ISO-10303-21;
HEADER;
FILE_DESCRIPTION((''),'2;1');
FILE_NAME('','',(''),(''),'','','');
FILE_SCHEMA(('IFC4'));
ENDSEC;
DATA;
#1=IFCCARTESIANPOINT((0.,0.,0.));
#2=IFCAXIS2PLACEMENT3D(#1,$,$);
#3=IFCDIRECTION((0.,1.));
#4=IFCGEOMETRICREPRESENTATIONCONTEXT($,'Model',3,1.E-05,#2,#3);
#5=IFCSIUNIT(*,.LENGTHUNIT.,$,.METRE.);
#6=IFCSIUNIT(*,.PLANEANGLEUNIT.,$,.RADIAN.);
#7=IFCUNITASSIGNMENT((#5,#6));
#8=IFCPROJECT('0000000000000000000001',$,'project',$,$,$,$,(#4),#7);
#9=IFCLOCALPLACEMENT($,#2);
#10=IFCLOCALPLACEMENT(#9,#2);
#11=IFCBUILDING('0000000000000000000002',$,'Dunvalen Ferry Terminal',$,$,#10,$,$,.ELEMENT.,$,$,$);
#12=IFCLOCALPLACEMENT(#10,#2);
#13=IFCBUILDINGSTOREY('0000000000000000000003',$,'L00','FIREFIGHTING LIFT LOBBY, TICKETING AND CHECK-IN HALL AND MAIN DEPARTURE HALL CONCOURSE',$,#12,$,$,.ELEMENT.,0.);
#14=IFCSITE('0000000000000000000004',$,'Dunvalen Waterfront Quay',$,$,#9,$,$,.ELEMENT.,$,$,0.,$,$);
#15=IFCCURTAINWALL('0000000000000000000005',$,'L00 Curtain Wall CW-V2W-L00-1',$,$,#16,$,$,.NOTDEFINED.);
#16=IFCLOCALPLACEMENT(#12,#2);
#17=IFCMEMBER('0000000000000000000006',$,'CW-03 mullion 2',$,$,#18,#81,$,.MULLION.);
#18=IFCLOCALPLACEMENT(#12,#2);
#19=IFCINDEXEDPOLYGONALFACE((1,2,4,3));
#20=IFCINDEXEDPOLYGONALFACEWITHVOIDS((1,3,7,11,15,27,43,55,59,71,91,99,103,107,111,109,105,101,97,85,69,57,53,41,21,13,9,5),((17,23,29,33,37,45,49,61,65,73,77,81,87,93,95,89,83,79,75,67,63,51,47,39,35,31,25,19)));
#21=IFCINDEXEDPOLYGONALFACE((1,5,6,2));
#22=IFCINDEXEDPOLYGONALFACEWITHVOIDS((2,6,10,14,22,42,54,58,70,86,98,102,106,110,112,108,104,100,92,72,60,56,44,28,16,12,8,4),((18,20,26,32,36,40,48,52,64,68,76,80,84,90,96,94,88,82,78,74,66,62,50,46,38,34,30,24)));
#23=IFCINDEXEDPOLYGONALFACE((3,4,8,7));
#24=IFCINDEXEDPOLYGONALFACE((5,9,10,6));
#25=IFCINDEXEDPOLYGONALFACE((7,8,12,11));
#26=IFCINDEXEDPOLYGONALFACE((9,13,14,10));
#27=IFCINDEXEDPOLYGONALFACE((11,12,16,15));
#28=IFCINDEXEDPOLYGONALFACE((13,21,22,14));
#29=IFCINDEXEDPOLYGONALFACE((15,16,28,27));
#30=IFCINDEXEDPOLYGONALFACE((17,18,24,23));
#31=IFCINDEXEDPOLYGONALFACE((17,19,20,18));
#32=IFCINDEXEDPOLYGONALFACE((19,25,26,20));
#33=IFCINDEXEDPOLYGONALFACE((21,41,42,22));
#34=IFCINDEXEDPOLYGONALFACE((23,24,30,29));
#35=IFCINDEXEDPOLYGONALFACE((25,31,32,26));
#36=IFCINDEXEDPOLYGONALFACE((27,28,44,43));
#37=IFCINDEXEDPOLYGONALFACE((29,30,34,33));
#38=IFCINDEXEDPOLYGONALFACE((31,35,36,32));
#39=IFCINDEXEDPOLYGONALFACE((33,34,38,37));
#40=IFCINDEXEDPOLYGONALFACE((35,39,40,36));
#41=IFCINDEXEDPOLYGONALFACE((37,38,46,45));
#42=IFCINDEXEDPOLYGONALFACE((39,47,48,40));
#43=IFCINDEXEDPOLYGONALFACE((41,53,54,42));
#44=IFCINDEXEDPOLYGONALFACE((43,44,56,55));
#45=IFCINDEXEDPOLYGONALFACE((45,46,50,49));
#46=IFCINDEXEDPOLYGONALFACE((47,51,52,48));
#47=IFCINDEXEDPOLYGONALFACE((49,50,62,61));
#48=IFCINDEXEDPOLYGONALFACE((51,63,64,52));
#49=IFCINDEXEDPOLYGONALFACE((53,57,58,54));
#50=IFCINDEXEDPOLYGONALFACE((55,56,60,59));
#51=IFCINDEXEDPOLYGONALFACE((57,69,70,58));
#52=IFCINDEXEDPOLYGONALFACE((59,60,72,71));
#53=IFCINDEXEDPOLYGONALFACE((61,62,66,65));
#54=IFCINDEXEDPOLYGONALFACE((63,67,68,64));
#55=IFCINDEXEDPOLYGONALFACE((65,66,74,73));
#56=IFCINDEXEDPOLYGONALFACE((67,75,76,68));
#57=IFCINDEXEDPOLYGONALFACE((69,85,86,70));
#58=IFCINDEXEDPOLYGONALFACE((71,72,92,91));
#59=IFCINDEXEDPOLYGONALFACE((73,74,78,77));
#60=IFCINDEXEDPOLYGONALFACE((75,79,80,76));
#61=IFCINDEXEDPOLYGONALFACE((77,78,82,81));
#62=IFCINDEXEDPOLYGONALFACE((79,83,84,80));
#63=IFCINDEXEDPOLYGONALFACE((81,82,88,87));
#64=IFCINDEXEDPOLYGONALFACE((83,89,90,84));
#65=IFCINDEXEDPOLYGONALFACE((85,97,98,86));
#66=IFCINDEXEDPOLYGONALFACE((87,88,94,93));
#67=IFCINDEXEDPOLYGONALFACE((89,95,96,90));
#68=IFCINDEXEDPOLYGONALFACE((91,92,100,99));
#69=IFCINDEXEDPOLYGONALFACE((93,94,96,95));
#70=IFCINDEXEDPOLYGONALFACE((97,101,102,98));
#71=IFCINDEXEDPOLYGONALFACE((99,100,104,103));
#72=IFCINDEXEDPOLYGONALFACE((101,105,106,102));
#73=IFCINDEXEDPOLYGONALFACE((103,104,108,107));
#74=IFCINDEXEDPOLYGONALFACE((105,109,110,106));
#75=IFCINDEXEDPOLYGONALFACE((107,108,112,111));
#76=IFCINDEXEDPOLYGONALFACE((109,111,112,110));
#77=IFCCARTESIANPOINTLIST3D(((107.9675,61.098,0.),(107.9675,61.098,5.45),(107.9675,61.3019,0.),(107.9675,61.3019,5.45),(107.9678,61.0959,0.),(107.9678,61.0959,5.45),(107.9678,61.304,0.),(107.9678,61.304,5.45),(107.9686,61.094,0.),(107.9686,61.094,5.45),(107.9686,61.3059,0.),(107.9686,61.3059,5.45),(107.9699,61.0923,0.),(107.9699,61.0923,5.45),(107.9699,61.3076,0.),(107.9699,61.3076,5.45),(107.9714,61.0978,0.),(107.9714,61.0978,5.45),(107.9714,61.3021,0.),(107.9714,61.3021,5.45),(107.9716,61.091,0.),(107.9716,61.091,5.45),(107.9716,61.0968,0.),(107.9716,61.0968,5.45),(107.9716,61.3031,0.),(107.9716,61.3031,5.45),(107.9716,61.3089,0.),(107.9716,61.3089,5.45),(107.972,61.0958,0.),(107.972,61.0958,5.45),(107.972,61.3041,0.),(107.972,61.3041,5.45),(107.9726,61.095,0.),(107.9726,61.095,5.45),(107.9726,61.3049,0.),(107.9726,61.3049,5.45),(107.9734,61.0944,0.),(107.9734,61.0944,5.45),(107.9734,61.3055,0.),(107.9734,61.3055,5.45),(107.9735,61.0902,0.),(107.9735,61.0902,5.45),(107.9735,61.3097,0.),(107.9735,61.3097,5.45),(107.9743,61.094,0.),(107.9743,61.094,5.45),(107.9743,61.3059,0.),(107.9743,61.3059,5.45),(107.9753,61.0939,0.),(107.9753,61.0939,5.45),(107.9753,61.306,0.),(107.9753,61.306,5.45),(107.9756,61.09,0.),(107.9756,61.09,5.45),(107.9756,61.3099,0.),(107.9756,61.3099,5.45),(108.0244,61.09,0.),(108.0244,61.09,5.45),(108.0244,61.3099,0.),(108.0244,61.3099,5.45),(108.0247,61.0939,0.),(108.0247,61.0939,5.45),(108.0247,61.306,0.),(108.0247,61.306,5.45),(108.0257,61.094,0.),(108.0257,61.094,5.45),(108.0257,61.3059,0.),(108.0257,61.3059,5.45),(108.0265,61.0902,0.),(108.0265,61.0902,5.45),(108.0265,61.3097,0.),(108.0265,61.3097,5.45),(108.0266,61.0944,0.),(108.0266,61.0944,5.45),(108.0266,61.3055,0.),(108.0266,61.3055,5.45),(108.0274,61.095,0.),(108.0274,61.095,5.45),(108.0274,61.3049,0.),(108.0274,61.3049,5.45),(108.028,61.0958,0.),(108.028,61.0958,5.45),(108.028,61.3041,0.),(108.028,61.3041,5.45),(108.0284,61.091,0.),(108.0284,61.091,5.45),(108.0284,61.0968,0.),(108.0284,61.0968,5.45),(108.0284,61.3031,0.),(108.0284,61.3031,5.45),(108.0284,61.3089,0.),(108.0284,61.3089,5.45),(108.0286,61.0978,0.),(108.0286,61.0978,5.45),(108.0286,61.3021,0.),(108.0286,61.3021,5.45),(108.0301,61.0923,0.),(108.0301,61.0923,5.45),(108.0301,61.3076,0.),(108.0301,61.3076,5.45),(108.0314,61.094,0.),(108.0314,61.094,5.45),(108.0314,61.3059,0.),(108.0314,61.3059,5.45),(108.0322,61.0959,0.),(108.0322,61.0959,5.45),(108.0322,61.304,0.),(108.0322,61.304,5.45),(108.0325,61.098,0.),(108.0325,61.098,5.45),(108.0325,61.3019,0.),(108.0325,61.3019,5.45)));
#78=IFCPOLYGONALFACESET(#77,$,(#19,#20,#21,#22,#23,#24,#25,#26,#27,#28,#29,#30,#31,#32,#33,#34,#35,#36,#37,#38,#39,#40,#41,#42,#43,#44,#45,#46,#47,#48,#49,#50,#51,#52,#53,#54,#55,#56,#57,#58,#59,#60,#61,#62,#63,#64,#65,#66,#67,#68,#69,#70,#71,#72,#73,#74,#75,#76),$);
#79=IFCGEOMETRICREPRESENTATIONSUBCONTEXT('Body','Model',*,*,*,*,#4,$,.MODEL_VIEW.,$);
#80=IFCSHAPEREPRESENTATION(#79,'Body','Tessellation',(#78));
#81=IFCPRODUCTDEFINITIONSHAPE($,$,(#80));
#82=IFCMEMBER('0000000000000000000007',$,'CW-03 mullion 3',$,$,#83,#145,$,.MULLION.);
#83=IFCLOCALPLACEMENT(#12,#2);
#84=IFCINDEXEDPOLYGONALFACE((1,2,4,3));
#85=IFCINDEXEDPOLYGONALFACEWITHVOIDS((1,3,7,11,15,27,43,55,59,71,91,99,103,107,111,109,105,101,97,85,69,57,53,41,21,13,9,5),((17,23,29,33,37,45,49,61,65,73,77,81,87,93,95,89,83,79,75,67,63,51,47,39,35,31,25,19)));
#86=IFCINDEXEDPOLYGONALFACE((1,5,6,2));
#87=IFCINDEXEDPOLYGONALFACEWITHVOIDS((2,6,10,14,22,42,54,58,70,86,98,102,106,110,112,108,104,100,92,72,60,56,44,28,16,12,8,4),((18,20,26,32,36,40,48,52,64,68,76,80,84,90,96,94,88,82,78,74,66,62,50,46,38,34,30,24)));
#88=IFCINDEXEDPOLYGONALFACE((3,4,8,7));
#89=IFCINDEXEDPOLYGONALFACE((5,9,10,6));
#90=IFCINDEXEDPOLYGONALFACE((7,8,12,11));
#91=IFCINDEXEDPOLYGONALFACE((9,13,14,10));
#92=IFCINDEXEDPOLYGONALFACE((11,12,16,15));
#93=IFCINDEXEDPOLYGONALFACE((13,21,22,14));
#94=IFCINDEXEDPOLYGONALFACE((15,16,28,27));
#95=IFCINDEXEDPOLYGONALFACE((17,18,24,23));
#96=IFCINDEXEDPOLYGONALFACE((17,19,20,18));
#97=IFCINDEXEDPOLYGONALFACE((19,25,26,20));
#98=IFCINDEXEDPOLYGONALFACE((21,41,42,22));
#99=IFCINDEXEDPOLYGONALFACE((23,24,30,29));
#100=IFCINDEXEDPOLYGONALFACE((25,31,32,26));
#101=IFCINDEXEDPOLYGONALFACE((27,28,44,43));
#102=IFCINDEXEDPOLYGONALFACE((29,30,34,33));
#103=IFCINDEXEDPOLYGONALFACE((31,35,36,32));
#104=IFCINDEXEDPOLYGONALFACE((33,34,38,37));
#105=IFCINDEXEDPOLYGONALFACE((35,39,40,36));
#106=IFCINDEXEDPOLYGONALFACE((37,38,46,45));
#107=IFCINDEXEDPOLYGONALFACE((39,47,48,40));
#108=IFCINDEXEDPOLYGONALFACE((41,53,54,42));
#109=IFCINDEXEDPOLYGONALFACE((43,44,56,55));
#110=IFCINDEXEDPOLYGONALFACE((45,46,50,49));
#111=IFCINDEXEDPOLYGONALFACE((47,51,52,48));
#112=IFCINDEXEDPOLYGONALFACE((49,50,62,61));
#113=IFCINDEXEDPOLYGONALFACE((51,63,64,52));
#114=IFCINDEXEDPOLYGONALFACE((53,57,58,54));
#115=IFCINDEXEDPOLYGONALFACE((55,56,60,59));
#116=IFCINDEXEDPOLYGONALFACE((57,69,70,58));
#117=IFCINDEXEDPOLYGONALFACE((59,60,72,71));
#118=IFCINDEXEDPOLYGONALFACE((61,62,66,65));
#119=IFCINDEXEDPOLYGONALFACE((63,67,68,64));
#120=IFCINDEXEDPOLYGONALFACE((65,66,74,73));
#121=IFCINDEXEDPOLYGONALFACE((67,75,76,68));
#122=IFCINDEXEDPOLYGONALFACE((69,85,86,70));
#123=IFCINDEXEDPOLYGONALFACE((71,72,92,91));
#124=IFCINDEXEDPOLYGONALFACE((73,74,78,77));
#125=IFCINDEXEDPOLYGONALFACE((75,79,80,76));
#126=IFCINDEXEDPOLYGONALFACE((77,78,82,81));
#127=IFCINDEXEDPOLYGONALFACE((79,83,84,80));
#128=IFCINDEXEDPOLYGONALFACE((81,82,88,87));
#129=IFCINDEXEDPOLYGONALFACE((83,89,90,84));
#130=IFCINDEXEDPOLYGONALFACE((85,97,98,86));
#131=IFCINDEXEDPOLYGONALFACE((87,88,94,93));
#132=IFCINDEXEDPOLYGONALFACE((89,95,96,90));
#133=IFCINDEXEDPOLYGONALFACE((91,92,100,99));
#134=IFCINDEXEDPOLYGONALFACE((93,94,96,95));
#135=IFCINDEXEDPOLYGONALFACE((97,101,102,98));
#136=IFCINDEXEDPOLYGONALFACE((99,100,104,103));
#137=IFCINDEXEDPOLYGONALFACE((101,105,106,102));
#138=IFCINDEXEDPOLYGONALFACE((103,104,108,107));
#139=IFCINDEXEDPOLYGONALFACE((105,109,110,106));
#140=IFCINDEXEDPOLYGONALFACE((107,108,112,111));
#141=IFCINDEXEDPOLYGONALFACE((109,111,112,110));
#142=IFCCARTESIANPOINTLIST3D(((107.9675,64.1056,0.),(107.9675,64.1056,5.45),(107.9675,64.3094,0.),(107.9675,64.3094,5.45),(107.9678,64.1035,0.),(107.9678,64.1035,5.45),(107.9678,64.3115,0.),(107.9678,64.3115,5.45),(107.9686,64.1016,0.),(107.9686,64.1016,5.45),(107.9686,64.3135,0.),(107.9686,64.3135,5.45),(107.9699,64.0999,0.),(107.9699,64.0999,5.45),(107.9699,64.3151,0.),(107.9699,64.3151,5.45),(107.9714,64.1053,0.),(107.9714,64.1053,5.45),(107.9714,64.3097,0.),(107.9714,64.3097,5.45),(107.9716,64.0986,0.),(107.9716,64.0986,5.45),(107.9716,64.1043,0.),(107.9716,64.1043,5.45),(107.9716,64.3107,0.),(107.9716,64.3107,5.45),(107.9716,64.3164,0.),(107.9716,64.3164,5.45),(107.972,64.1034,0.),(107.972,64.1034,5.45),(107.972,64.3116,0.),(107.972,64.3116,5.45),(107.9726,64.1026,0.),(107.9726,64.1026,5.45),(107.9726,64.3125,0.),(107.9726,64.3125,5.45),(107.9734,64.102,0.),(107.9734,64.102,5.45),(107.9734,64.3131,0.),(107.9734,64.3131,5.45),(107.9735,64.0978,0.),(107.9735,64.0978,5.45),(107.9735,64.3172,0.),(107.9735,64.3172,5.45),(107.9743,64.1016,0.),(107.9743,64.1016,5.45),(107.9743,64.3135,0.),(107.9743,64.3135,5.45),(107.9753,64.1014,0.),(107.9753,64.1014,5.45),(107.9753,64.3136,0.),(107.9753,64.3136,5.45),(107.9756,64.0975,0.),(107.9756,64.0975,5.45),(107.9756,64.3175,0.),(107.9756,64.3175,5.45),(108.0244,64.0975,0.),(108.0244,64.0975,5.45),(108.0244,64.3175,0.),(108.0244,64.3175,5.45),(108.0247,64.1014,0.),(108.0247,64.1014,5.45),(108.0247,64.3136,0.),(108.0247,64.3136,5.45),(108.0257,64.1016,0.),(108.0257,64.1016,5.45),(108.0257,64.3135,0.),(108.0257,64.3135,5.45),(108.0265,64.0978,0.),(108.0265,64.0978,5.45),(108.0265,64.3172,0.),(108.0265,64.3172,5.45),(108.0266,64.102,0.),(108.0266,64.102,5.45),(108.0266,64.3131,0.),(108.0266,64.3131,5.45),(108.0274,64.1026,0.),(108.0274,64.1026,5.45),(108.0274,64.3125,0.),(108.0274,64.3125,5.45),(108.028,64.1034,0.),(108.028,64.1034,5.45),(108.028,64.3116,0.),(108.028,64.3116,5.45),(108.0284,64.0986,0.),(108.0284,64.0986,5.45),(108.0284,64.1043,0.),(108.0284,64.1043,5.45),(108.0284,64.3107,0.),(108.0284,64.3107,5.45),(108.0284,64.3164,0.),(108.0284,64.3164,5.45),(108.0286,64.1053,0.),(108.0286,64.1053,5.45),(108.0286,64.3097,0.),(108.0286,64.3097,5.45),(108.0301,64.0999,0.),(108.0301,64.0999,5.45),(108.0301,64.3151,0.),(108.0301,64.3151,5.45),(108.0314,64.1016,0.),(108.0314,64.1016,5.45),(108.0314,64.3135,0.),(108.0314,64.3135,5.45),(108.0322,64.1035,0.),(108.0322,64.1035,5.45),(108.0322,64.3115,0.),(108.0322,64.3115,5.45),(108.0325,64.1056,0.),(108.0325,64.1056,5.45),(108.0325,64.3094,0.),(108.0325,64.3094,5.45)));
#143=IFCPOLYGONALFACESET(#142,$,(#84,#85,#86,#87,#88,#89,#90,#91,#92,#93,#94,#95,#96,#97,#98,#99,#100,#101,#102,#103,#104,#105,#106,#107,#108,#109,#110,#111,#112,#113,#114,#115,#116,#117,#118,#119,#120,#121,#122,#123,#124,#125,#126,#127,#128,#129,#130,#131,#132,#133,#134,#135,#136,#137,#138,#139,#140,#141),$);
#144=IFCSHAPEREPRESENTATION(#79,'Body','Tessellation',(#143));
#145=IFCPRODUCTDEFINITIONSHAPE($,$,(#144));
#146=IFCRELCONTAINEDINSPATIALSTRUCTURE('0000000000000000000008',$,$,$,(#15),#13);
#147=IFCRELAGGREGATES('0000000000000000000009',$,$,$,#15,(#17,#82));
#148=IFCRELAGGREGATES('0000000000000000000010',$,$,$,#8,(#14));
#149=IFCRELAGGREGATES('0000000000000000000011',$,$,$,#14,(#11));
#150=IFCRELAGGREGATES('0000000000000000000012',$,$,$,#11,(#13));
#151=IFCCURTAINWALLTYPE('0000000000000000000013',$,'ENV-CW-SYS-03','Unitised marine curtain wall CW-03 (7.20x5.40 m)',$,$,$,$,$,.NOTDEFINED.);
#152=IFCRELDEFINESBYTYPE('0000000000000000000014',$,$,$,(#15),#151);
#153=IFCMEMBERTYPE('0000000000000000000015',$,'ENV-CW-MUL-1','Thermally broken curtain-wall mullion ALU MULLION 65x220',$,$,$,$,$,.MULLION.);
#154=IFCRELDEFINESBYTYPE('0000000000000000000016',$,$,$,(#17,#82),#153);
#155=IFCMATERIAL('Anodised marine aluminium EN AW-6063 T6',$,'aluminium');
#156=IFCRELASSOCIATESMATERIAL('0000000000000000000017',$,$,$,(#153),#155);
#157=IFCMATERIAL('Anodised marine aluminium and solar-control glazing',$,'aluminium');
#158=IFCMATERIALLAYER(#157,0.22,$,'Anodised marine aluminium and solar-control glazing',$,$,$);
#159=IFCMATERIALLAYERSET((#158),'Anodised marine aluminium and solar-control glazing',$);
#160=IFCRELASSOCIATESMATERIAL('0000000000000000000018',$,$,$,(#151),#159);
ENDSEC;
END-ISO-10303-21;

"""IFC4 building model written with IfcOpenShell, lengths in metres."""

from ifc_helpers import new_model, si_unit, direction, frame, origin, origin_2d, place, context, subcontext, project, spatial, hollow_rectangle, extrude, material, layer, layer_set, material_profile, profile_set, type_object, element, aggregate, save


model = new_model("IFC4")

# Units and contexts
model_context = context("Model", 3, precision=1e-05, world=origin(), true_north=direction((0.0, 1.0)))
body_context = subcontext(model_context, "Body", "Model", "MODEL_VIEW")
ifc_project = project(units=[si_unit("LENGTHUNIT", "METRE"), si_unit("PLANEANGLEUNIT", "RADIAN")], contexts=[model_context])

# Site, building, storey
site_placement = place(None, origin())
site = spatial("IfcSite", under=ifc_project, at=site_placement, Name="Dunvalen Waterfront Quay", CompositionType="ELEMENT", RefElevation=0.0)
building_placement = place(site_placement, origin())
building = spatial("IfcBuilding", under=site, at=building_placement, Name="Dunvalen Ferry Terminal", CompositionType="ELEMENT")
storey_placement = place(building_placement, origin())
storey = spatial("IfcBuildingStorey", under=building, at=storey_placement, Name="L00", Description="FIREFIGHTING LIFT LOBBY, TICKETING AND CHECK-IN HALL AND MAIN DEPARTURE HALL CONCOURSE", CompositionType="ELEMENT", Elevation=0.0)

# Shared definitions
ifc_material_1 = material(Name="Anodised marine aluminium and solar-control glazing", Category="aluminium")
ifc_material_2 = material(Name="Anodised marine aluminium EN AW-6063 T6", Category="aluminium")
ifc_material_profile_1 = material_profile(ifc_material_2, hollow_rectangle(XDim=0.0649, YDim=0.22, WallThickness=0.0039, InnerFilletRadius=0.0039, OuterFilletRadius=0.0081, at=origin_2d()), Name="Anodised marine aluminium EN AW-6063 T6")
ifc_profile_set_1 = profile_set([ifc_material_profile_1], Name="Anodised marine aluminium EN AW-6063 T6")
member_type_1 = type_object("IfcMemberType", Name="ENV-CW-MUL-1", Description="Thermally broken curtain-wall mullion ALU MULLION 65x220", PredefinedType="MULLION", material=ifc_profile_set_1)

# Curtain wall, members
ifc_layer_1 = layer(ifc_material_1, 0.22, Name="Anodised marine aluminium and solar-control glazing")
ifc_layer_set_1 = layer_set([ifc_layer_1], Name="Anodised marine aluminium and solar-control glazing")
curtain_wall_type_1 = type_object("IfcCurtainWallType", Name="ENV-CW-SYS-03", Description="Unitised marine curtain wall CW-03 (7.20x5.40 m)", PredefinedType="NOTDEFINED", material=ifc_layer_set_1)
curtain_wall_1_placement = place(storey_placement, origin())
curtain_wall_1 = element("IfcCurtainWall", 1, at=curtain_wall_1_placement, inside=storey, type_object=curtain_wall_type_1, Name="L00 Curtain Wall CW-V2W-L00-1", PredefinedType="NOTDEFINED")
member_1_placement = place(storey_placement, frame((108.0, 61.2, 0.0), z_axis=(0.0, 0.0, 1.0), x_axis=(-1.0, 0.0, 0.0)))
member_1 = element("IfcMember", 2, at=member_1_placement, type_object=member_type_1, Name="CW-03 mullion 2", PredefinedType="MULLION", context=body_context, shape_type="SweptSolid", body=[
    extrude(hollow_rectangle(XDim=0.0649, YDim=0.22, WallThickness=0.0039, InnerFilletRadius=0.0039, OuterFilletRadius=0.0081, at=origin_2d()), origin(), (0.0, 0.0, 1.0), 5.45),
])
member_2_placement = place(storey_placement, frame((108.0, 64.2075, 0.0), z_axis=(0.0, 0.0, 1.0), x_axis=(-1.0, 0.0, 0.0)))
member_2 = element("IfcMember", 3, at=member_2_placement, type_object=member_type_1, Name="CW-03 mullion 3", PredefinedType="MULLION", context=body_context, shape_type="SweptSolid", body=[
    extrude(hollow_rectangle(XDim=0.0649, YDim=0.22, WallThickness=0.0039, InnerFilletRadius=0.0039, OuterFilletRadius=0.0081, at=origin_2d()), origin(), (0.0, 0.0, 1.0), 5.45),
])

aggregate(curtain_wall_1, [member_1, member_2])

save(model, "model.ifc")
